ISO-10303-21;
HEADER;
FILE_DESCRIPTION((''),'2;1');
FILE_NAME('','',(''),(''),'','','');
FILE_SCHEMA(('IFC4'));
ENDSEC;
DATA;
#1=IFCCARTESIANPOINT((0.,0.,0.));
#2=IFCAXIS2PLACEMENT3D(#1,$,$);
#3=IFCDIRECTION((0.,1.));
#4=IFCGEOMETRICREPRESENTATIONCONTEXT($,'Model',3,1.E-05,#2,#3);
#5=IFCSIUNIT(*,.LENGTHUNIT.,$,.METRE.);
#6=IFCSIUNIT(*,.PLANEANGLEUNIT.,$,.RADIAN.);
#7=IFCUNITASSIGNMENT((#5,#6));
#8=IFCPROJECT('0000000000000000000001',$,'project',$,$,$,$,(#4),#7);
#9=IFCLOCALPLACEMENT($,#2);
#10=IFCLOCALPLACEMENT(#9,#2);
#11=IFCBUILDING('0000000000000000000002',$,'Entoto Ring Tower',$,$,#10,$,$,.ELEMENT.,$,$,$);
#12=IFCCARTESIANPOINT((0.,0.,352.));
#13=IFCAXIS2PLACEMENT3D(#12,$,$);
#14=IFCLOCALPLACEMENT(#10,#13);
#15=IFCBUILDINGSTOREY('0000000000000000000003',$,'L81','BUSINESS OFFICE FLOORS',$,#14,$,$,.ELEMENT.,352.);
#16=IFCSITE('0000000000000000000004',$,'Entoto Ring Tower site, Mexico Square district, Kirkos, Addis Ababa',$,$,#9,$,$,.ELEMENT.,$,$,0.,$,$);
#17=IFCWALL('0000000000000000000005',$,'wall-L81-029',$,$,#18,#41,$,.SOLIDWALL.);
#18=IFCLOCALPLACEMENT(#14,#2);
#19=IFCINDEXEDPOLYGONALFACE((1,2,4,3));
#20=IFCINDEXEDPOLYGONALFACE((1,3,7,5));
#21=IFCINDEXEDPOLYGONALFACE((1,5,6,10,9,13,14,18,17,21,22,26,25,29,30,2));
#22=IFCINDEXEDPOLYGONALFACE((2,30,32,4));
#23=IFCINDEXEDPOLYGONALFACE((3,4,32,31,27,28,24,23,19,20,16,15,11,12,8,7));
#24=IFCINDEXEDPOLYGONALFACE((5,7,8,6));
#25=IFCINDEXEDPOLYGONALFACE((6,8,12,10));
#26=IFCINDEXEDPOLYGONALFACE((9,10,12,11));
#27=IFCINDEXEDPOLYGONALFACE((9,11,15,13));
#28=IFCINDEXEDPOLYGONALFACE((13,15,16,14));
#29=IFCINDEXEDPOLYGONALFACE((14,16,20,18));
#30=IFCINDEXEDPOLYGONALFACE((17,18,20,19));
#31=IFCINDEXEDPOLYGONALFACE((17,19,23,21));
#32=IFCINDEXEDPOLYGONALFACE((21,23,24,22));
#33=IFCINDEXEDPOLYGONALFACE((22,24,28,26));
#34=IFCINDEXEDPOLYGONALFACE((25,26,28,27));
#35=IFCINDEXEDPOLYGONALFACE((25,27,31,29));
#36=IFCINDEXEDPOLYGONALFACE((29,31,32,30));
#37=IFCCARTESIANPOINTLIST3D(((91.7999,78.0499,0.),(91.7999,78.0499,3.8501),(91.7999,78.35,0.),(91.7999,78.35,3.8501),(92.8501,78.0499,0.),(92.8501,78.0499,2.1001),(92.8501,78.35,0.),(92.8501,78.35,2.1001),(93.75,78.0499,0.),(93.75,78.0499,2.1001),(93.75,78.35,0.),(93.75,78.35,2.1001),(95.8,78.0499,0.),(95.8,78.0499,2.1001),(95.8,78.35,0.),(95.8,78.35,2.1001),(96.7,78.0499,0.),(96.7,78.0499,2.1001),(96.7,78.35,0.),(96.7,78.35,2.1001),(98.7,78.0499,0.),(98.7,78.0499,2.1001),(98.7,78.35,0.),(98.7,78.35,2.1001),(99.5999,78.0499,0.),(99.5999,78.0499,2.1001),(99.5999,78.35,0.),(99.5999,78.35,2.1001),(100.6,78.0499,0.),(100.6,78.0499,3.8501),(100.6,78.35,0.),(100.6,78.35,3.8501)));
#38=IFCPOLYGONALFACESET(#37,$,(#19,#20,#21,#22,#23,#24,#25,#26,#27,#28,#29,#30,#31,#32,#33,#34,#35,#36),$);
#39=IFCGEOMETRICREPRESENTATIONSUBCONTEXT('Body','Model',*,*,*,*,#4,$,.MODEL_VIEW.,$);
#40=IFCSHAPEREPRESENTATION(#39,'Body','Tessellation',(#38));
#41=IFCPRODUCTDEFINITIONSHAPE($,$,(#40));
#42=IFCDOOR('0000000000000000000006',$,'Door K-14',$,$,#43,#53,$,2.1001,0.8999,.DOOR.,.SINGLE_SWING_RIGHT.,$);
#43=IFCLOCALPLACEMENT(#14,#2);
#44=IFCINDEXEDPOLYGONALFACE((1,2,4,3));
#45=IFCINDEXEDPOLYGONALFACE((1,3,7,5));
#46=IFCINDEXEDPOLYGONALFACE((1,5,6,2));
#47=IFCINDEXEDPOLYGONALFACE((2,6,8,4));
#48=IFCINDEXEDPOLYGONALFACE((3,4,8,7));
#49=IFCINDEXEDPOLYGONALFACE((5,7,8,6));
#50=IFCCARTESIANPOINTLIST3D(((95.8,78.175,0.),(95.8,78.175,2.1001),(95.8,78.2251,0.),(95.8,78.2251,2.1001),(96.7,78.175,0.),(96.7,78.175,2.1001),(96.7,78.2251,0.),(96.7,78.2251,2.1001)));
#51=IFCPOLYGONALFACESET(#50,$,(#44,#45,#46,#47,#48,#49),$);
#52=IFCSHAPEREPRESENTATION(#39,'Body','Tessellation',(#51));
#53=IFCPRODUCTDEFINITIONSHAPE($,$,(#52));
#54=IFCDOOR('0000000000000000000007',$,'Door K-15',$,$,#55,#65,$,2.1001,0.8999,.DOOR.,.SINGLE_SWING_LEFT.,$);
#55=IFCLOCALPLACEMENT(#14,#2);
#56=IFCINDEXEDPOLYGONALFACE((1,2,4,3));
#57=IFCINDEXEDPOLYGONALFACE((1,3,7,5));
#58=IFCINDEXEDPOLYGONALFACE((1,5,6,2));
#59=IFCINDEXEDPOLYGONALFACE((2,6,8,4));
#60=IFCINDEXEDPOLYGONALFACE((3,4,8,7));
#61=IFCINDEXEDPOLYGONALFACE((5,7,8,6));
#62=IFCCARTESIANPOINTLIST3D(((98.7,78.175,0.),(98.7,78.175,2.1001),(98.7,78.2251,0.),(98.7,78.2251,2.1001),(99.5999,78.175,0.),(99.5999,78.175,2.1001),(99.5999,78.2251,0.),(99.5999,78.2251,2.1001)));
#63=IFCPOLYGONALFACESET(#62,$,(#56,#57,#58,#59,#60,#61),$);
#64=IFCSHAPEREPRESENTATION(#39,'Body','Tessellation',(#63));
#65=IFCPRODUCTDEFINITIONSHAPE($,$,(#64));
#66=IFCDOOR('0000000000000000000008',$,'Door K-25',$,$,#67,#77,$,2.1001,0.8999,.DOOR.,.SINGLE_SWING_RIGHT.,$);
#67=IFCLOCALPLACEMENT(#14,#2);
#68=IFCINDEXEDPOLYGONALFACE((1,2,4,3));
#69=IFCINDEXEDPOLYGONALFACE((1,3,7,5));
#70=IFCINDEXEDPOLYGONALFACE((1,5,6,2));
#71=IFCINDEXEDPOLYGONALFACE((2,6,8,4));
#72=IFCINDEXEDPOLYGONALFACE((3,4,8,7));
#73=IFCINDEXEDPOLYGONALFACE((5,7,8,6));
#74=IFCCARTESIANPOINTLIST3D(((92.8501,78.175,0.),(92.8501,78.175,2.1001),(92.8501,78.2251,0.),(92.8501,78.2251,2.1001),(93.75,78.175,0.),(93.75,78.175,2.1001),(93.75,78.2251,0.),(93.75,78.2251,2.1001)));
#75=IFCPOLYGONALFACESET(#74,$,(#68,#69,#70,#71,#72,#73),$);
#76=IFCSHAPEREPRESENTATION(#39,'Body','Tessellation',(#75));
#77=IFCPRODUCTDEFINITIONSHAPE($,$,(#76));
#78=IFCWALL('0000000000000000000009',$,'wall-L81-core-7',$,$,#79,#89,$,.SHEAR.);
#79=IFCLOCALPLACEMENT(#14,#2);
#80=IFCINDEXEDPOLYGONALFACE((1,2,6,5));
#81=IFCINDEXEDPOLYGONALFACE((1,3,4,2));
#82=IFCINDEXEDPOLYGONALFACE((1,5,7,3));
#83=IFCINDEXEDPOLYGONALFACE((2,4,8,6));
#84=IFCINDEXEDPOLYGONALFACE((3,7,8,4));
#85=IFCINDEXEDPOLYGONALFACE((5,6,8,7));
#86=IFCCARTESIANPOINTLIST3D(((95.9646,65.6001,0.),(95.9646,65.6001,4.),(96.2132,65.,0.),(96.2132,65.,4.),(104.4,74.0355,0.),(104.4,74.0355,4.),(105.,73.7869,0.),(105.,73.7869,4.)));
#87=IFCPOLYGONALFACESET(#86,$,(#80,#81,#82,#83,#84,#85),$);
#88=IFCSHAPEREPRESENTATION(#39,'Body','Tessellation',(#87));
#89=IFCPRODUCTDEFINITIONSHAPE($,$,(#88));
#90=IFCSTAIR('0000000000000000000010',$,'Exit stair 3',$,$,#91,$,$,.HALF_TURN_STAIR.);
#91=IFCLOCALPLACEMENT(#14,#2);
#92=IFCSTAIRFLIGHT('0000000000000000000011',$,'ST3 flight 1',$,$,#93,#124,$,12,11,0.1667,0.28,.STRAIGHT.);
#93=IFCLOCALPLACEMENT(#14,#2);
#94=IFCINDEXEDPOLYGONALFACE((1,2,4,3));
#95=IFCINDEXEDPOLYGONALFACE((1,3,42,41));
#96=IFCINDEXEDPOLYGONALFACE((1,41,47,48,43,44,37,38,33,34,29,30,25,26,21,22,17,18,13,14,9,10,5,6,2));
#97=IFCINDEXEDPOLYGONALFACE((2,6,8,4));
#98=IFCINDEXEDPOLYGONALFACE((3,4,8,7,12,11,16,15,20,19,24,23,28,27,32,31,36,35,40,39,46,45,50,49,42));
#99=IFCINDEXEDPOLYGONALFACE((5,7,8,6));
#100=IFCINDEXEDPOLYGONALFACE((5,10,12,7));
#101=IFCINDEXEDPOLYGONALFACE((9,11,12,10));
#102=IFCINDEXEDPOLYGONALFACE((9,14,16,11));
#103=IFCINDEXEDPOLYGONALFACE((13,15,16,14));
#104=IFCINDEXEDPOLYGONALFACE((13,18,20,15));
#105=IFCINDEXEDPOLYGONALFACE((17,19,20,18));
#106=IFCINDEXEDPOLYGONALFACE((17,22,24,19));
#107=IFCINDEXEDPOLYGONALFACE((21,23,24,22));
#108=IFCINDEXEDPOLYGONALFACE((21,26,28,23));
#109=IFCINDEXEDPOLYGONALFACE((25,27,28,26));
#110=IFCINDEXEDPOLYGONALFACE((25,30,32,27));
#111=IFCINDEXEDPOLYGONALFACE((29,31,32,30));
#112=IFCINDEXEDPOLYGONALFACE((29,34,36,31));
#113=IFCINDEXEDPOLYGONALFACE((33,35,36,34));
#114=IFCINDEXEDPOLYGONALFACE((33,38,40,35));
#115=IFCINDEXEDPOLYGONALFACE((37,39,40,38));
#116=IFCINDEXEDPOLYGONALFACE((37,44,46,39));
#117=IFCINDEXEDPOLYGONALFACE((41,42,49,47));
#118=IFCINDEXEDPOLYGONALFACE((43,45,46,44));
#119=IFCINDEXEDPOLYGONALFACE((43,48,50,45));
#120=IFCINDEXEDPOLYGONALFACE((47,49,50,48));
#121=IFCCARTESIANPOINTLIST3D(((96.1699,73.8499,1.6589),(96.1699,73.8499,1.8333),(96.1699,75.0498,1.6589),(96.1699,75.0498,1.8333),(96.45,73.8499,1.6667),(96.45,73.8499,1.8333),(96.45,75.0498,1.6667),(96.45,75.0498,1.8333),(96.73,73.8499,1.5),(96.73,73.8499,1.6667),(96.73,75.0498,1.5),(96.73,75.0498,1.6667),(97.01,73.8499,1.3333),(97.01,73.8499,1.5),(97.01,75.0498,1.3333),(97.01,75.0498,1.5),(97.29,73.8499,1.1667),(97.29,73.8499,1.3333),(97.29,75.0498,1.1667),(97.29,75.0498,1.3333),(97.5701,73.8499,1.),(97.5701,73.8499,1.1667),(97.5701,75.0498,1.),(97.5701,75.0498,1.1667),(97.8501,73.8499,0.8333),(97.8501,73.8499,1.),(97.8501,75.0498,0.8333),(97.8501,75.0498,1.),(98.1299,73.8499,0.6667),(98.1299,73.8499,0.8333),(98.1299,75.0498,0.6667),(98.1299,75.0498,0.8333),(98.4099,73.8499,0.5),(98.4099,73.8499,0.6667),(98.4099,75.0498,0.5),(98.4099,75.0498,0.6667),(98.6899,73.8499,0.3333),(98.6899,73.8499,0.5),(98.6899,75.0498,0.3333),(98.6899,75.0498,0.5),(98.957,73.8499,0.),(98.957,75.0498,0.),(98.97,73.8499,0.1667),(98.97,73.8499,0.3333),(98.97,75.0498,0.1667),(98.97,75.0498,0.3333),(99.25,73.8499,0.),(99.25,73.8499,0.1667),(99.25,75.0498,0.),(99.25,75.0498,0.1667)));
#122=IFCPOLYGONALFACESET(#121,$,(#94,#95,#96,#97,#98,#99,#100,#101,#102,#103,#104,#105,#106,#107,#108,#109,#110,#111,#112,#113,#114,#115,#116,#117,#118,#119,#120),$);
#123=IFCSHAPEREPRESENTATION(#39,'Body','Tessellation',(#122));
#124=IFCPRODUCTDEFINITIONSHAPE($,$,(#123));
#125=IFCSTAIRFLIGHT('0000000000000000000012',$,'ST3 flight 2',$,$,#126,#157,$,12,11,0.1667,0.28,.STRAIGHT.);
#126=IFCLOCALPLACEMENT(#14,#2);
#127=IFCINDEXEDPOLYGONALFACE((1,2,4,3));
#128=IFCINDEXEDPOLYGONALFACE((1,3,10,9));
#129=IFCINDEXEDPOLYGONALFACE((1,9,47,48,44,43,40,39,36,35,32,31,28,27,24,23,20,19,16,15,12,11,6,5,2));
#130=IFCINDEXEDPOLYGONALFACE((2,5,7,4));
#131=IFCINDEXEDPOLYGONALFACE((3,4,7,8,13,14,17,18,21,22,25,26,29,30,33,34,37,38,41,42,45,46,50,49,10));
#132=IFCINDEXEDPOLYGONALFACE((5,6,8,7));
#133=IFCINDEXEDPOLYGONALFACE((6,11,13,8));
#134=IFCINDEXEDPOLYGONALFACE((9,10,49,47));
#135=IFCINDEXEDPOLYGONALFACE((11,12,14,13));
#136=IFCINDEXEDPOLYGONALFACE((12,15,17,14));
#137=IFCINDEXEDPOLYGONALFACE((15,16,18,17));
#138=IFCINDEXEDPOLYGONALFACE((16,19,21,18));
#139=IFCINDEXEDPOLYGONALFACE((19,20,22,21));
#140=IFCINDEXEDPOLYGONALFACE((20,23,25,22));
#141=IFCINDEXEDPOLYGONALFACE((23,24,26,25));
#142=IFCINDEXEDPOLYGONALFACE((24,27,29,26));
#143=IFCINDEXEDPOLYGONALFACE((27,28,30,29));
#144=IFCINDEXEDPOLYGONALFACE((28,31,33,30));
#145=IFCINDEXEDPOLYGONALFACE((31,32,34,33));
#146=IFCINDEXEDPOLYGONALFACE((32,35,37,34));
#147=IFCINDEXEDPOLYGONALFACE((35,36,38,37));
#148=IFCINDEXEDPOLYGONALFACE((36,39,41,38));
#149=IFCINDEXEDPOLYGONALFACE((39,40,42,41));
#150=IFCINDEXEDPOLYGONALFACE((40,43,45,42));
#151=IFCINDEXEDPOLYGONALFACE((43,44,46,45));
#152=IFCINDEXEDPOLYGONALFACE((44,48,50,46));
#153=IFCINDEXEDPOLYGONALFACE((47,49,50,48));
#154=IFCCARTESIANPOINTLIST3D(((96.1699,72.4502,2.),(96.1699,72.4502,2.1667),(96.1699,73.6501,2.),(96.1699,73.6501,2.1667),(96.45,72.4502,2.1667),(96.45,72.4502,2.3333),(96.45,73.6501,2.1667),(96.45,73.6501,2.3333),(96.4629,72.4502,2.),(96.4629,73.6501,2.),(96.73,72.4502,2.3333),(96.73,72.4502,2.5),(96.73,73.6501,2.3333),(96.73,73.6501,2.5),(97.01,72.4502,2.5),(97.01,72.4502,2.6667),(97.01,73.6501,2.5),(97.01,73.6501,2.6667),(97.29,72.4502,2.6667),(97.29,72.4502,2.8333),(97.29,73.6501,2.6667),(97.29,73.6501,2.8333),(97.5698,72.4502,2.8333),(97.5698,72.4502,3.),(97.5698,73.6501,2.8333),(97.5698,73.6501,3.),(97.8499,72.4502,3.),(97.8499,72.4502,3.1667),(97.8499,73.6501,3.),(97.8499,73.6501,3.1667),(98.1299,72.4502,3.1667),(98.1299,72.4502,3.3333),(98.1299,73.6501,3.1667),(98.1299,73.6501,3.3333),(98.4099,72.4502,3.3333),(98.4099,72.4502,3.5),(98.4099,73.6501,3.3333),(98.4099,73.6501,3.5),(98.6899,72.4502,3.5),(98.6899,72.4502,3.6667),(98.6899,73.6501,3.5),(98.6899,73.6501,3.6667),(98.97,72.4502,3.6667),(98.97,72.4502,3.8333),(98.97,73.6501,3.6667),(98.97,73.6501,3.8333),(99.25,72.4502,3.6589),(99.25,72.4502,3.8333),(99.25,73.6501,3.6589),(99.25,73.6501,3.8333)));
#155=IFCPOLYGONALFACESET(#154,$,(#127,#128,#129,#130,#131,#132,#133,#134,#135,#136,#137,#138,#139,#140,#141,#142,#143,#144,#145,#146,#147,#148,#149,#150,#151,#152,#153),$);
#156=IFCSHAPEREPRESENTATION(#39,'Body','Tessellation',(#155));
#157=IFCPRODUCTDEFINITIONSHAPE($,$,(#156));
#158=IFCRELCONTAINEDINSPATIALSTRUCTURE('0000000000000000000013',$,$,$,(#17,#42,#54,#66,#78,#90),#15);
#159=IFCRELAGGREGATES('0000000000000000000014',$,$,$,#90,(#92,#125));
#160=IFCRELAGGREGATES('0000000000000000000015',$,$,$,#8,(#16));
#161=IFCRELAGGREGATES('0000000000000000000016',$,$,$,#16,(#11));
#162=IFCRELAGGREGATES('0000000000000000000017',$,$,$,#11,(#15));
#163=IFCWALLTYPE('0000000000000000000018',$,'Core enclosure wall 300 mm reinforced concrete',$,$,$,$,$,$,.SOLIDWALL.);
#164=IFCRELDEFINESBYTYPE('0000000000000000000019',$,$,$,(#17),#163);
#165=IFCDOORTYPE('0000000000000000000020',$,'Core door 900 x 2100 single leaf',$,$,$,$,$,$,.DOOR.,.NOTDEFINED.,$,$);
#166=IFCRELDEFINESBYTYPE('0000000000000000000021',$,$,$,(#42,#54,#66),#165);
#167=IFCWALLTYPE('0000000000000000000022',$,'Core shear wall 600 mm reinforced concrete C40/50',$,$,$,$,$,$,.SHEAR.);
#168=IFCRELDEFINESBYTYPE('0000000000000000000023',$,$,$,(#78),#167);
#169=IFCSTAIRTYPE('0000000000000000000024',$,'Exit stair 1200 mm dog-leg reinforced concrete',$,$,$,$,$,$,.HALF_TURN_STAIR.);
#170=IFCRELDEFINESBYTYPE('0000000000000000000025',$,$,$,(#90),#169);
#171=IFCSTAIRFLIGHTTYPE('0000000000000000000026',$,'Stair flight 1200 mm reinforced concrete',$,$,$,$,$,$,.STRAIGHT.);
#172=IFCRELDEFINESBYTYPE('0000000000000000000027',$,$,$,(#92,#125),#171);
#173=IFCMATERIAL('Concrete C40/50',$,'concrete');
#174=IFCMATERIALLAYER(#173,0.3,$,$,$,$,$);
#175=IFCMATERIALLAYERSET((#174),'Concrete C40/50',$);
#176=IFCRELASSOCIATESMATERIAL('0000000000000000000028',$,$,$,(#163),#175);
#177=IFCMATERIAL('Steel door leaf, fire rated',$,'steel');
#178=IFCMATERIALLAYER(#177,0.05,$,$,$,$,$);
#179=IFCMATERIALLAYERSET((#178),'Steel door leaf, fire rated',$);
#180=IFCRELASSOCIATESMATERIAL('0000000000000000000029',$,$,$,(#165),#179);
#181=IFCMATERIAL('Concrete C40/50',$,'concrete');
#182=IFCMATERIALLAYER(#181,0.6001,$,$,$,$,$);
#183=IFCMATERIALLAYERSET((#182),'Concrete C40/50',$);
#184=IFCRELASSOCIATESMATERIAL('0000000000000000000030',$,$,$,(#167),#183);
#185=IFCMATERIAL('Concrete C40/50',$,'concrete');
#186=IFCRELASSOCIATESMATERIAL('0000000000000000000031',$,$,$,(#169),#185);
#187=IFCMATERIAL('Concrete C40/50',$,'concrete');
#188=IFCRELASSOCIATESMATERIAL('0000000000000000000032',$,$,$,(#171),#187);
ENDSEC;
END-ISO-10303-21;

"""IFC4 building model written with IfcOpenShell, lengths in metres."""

from ifc_helpers import new_model, si_unit, direction, frame, frame_2d, origin, place, context, subcontext, project, spatial, polyline, rectangle, outline, extrude, material, layer, layer_set, type_object, element, fill, aggregate, save


model = new_model("IFC4")

# Units and contexts
model_context = context("Model", 3, precision=1e-05, world=origin(), true_north=direction((0.0, 1.0)))
body_context = subcontext(model_context, "Body", "Model", "MODEL_VIEW")
ifc_project = project(units=[si_unit("LENGTHUNIT", "METRE"), si_unit("PLANEANGLEUNIT", "RADIAN")], contexts=[model_context])

# Site, building, storey
site_placement = place(None, origin())
site = spatial("IfcSite", under=ifc_project, at=site_placement, Name="Entoto Ring Tower site, Mexico Square district, Kirkos, Addis Ababa", CompositionType="ELEMENT", RefElevation=0.0)
building_placement = place(site_placement, origin())
building = spatial("IfcBuilding", under=site, at=building_placement, Name="Entoto Ring Tower", CompositionType="ELEMENT")
storey_placement = place(building_placement, frame((0.0, 0.0, 352.0)))
storey = spatial("IfcBuildingStorey", under=building, at=storey_placement, Name="L81", Description="BUSINESS OFFICE FLOORS", CompositionType="ELEMENT", Elevation=352.0)

# Shared definitions
ifc_material_1 = material(Name="Concrete C40/50", Category="concrete")
ifc_layer_1 = layer(ifc_material_1, 0.3)
ifc_layer_set_1 = layer_set([ifc_layer_1], Name="Concrete C40/50")
wall_type_1 = type_object("IfcWallType", Name="Core enclosure wall 300 mm reinforced concrete", PredefinedType="SOLIDWALL", material=ifc_layer_set_1)

# Shared definitions
ifc_material_2 = material(Name="Steel door leaf, fire rated", Category="steel")
ifc_layer_2 = layer(ifc_material_2, 0.05)
ifc_layer_set_2 = layer_set([ifc_layer_2], Name="Steel door leaf, fire rated")
door_type_1 = type_object("IfcDoorType", Name="Core door 900 x 2100 single leaf", OperationType="NOTDEFINED", PredefinedType="DOOR", material=ifc_layer_set_2)

# Wall, openings, doors
wall_1_placement = place(storey_placement, frame((91.8, 78.2, 0.0), z_axis=(0.0, 0.0, 1.0), x_axis=(1.0, 0.0, 0.0)))
wall_1 = element("IfcWall", 1, at=wall_1_placement, inside=storey, type_object=wall_type_1, Name="wall-L81-029", PredefinedType="SOLIDWALL", context=body_context, shape_type="SweptSolid", body=[
    extrude(rectangle(XDim=8.8, YDim=0.3, at=frame_2d((4.3999, 0.0))), origin(), (0.0, 0.0, 1.0), 3.8501),
])
opening_1_placement = place(wall_1_placement, frame((4.0, 0.0, 0.0)))
opening_1 = element("IfcOpeningElement", 2, at=opening_1_placement, cuts=wall_1, PredefinedType="OPENING", context=body_context, shape_type="SweptSolid", body=[
    extrude(rectangle(XDim=0.8999, YDim=2.1001, at=frame_2d((0.45, 1.05))), frame((0.0, 0.1602, 0.0), z_axis=(0.0, -1.0, 0.0), x_axis=(1.0, 0.0, 0.0)), (0.0, 0.0, 1.0), 0.3201),
])
opening_2_placement = place(wall_1_placement, frame((6.8999, 0.0, 0.0)))
opening_2 = element("IfcOpeningElement", 3, at=opening_2_placement, cuts=wall_1, PredefinedType="OPENING", context=body_context, shape_type="SweptSolid", body=[
    extrude(rectangle(XDim=0.8999, YDim=2.1001, at=frame_2d((0.45, 1.05))), frame((0.0, 0.1602, 0.0), z_axis=(0.0, -1.0, 0.0), x_axis=(1.0, 0.0, 0.0)), (0.0, 0.0, 1.0), 0.3201),
])
opening_3_placement = place(wall_1_placement, frame((1.05, 0.0, 0.0)))
opening_3 = element("IfcOpeningElement", 4, at=opening_3_placement, cuts=wall_1, PredefinedType="OPENING", context=body_context, shape_type="SweptSolid", body=[
    extrude(rectangle(XDim=0.8999, YDim=2.1001, at=frame_2d((0.45, 1.05))), frame((0.0, 0.1602, 0.0), z_axis=(0.0, -1.0, 0.0), x_axis=(1.0, 0.0, 0.0)), (0.0, 0.0, 1.0), 0.3201),
])
door_1_placement = place(opening_1_placement, frame((0.8999, 0.0, 0.0), z_axis=(0.0, 0.0, 1.0), x_axis=(-1.0, 0.0, 0.0)))
door_1 = element("IfcDoor", 5, at=door_1_placement, inside=storey, type_object=door_type_1, Name="Door K-14", OperationType="SINGLE_SWING_RIGHT", OverallHeight=2.1001, OverallWidth=0.8999, PredefinedType="DOOR", context=body_context, shape_type="SweptSolid", body=[
    extrude(rectangle(XDim=0.8999, YDim=2.1001, at=frame_2d((0.45, 1.05))), frame((0.0, 0.0249, 0.0), z_axis=(0.0, -1.0, 0.0), x_axis=(1.0, 0.0, 0.0)), (0.0, 0.0, 1.0), 0.05),
])
fill(opening_1, door_1)
door_2_placement = place(opening_2_placement, frame((0.8999, 0.0, 0.0), z_axis=(0.0, 0.0, 1.0), x_axis=(-1.0, 0.0, 0.0)))
door_2 = element("IfcDoor", 6, at=door_2_placement, inside=storey, type_object=door_type_1, Name="Door K-15", OperationType="SINGLE_SWING_LEFT", OverallHeight=2.1001, OverallWidth=0.8999, PredefinedType="DOOR", context=body_context, shape_type="SweptSolid", body=[
    extrude(rectangle(XDim=0.8999, YDim=2.1001, at=frame_2d((0.45, 1.05))), frame((0.0, 0.0249, 0.0), z_axis=(0.0, -1.0, 0.0), x_axis=(1.0, 0.0, 0.0)), (0.0, 0.0, 1.0), 0.05),
])
fill(opening_2, door_2)
door_3_placement = place(opening_3_placement, frame((0.8999, 0.0, 0.0), z_axis=(0.0, 0.0, 1.0), x_axis=(-1.0, 0.0, 0.0)))
door_3 = element("IfcDoor", 7, at=door_3_placement, inside=storey, type_object=door_type_1, Name="Door K-25", OperationType="SINGLE_SWING_RIGHT", OverallHeight=2.1001, OverallWidth=0.8999, PredefinedType="DOOR", context=body_context, shape_type="SweptSolid", body=[
    extrude(rectangle(XDim=0.8999, YDim=2.1001, at=frame_2d((0.45, 1.05))), frame((0.0, 0.0249, 0.0), z_axis=(0.0, -1.0, 0.0), x_axis=(1.0, 0.0, 0.0)), (0.0, 0.0, 1.0), 0.05),
])
fill(opening_3, door_3)

# Wall
ifc_material_3 = material(Name="Concrete C40/50", Category="concrete")
ifc_layer_3 = layer(ifc_material_3, 0.6001)
ifc_layer_set_3 = layer_set([ifc_layer_3], Name="Concrete C40/50")
wall_type_2 = type_object("IfcWallType", Name="Core shear wall 600 mm reinforced concrete C40/50", PredefinedType="SHEAR", material=ifc_layer_set_3)
wall_2_placement = place(storey_placement, frame((96.0889, 65.3, 0.0), z_axis=(0.0, 0.0, 1.0), x_axis=(0.707107, 0.707107, 0.0)))
element("IfcWall", 8, at=wall_2_placement, inside=storey, type_object=wall_type_2, Name="wall-L81-core-7", PredefinedType="SHEAR", context=body_context, shape_type="SweptSolid", body=[
    extrude(outline(polyline([(-0.1243, -0.3), (12.3022, -0.3), (12.0537, 0.3), (0.1243, 0.3), (-0.1243, -0.3)])), origin(), (0.0, 0.0, 1.0), 4.0),
])

# Stair, stair flights
ifc_material_4 = material(Name="Concrete C40/50", Category="concrete")
stair_type = type_object("IfcStairType", Name="Exit stair 1200 mm dog-leg reinforced concrete", PredefinedType="HALF_TURN_STAIR", material=ifc_material_4)
stair_placement = place(storey_placement, origin())
stair = element("IfcStair", 9, at=stair_placement, inside=storey, type_object=stair_type, Name="Exit stair 3", PredefinedType="HALF_TURN_STAIR")
ifc_material_5 = material(Name="Concrete C40/50", Category="concrete")
stair_flight_type = type_object("IfcStairFlightType", Name="Stair flight 1200 mm reinforced concrete", PredefinedType="STRAIGHT", material=ifc_material_5)
stair_flight_1_placement = place(storey_placement, frame((99.25, 74.45, 0.0), z_axis=(0.0, 0.0, 1.0), x_axis=(-1.0, 0.0, 0.0)))
stair_flight_1 = element("IfcStairFlight", 10, at=stair_flight_1_placement, type_object=stair_flight_type, Name="ST3 flight 1", NumberOfRisers=12, NumberOfTreads=11, PredefinedType="STRAIGHT", RiserHeight=0.1667, TreadLength=0.28, context=body_context, shape_type="SweptSolid", body=[
    extrude(outline(polyline([(0.0, 0.0), (0.0, 0.1667), (0.28, 0.1667), (0.28, 0.3333), (0.5601, 0.3333), (0.5601, 0.5), (0.8401, 0.5), (0.8401, 0.6667), (1.1201, 0.6667), (1.1201, 0.8333), (1.3999, 0.8333), (1.3999, 1.0), (1.6799, 1.0), (1.6799, 1.1667), (1.96, 1.1667), (1.96, 1.3333), (2.24, 1.3333), (2.24, 1.5), (2.52, 1.5), (2.52, 1.6667), (2.8, 1.6667), (2.8, 1.8333), (3.0801, 1.8333), (3.0801, 2.0), (3.0801, 1.6589), (0.293, 0.0), (0.0, 0.0)])), frame((0.0, 0.6001, 0.0), z_axis=(0.0, -1.0, 0.0), x_axis=(1.0, 0.0, 0.0)), (0.0, 0.0, 1.0), 1.2),
])
stair_flight_2_placement = place(storey_placement, frame((96.1699, 73.05, 2.0), z_axis=(0.0, 0.0, 1.0), x_axis=(1.0, 0.0, 0.0)))
stair_flight_2 = element("IfcStairFlight", 11, at=stair_flight_2_placement, type_object=stair_flight_type, Name="ST3 flight 2", NumberOfRisers=12, NumberOfTreads=11, PredefinedType="STRAIGHT", RiserHeight=0.1667, TreadLength=0.28, context=body_context, shape_type="SweptSolid", body=[
    extrude(outline(polyline([(0.0, 0.0), (0.0, 0.1667), (0.28, 0.1667), (0.28, 0.3333), (0.5601, 0.3333), (0.5601, 0.5), (0.8401, 0.5), (0.8401, 0.6667), (1.1201, 0.6667), (1.1201, 0.8333), (1.3999, 0.8333), (1.3999, 1.0), (1.6799, 1.0), (1.6799, 1.1667), (1.96, 1.1667), (1.96, 1.3333), (2.24, 1.3333), (2.24, 1.5), (2.52, 1.5), (2.52, 1.6667), (2.8, 1.6667), (2.8, 1.8333), (3.0801, 1.8333), (3.0801, 2.0), (3.0801, 1.6589), (0.293, 0.0), (0.0, 0.0)])), frame((0.0, 0.6001, 0.0), z_axis=(0.0, -1.0, 0.0), x_axis=(1.0, 0.0, 0.0)), (0.0, 0.0, 1.0), 1.2),
])
aggregate(stair, [stair_flight_1, stair_flight_2])

save(model, "model.ifc")
